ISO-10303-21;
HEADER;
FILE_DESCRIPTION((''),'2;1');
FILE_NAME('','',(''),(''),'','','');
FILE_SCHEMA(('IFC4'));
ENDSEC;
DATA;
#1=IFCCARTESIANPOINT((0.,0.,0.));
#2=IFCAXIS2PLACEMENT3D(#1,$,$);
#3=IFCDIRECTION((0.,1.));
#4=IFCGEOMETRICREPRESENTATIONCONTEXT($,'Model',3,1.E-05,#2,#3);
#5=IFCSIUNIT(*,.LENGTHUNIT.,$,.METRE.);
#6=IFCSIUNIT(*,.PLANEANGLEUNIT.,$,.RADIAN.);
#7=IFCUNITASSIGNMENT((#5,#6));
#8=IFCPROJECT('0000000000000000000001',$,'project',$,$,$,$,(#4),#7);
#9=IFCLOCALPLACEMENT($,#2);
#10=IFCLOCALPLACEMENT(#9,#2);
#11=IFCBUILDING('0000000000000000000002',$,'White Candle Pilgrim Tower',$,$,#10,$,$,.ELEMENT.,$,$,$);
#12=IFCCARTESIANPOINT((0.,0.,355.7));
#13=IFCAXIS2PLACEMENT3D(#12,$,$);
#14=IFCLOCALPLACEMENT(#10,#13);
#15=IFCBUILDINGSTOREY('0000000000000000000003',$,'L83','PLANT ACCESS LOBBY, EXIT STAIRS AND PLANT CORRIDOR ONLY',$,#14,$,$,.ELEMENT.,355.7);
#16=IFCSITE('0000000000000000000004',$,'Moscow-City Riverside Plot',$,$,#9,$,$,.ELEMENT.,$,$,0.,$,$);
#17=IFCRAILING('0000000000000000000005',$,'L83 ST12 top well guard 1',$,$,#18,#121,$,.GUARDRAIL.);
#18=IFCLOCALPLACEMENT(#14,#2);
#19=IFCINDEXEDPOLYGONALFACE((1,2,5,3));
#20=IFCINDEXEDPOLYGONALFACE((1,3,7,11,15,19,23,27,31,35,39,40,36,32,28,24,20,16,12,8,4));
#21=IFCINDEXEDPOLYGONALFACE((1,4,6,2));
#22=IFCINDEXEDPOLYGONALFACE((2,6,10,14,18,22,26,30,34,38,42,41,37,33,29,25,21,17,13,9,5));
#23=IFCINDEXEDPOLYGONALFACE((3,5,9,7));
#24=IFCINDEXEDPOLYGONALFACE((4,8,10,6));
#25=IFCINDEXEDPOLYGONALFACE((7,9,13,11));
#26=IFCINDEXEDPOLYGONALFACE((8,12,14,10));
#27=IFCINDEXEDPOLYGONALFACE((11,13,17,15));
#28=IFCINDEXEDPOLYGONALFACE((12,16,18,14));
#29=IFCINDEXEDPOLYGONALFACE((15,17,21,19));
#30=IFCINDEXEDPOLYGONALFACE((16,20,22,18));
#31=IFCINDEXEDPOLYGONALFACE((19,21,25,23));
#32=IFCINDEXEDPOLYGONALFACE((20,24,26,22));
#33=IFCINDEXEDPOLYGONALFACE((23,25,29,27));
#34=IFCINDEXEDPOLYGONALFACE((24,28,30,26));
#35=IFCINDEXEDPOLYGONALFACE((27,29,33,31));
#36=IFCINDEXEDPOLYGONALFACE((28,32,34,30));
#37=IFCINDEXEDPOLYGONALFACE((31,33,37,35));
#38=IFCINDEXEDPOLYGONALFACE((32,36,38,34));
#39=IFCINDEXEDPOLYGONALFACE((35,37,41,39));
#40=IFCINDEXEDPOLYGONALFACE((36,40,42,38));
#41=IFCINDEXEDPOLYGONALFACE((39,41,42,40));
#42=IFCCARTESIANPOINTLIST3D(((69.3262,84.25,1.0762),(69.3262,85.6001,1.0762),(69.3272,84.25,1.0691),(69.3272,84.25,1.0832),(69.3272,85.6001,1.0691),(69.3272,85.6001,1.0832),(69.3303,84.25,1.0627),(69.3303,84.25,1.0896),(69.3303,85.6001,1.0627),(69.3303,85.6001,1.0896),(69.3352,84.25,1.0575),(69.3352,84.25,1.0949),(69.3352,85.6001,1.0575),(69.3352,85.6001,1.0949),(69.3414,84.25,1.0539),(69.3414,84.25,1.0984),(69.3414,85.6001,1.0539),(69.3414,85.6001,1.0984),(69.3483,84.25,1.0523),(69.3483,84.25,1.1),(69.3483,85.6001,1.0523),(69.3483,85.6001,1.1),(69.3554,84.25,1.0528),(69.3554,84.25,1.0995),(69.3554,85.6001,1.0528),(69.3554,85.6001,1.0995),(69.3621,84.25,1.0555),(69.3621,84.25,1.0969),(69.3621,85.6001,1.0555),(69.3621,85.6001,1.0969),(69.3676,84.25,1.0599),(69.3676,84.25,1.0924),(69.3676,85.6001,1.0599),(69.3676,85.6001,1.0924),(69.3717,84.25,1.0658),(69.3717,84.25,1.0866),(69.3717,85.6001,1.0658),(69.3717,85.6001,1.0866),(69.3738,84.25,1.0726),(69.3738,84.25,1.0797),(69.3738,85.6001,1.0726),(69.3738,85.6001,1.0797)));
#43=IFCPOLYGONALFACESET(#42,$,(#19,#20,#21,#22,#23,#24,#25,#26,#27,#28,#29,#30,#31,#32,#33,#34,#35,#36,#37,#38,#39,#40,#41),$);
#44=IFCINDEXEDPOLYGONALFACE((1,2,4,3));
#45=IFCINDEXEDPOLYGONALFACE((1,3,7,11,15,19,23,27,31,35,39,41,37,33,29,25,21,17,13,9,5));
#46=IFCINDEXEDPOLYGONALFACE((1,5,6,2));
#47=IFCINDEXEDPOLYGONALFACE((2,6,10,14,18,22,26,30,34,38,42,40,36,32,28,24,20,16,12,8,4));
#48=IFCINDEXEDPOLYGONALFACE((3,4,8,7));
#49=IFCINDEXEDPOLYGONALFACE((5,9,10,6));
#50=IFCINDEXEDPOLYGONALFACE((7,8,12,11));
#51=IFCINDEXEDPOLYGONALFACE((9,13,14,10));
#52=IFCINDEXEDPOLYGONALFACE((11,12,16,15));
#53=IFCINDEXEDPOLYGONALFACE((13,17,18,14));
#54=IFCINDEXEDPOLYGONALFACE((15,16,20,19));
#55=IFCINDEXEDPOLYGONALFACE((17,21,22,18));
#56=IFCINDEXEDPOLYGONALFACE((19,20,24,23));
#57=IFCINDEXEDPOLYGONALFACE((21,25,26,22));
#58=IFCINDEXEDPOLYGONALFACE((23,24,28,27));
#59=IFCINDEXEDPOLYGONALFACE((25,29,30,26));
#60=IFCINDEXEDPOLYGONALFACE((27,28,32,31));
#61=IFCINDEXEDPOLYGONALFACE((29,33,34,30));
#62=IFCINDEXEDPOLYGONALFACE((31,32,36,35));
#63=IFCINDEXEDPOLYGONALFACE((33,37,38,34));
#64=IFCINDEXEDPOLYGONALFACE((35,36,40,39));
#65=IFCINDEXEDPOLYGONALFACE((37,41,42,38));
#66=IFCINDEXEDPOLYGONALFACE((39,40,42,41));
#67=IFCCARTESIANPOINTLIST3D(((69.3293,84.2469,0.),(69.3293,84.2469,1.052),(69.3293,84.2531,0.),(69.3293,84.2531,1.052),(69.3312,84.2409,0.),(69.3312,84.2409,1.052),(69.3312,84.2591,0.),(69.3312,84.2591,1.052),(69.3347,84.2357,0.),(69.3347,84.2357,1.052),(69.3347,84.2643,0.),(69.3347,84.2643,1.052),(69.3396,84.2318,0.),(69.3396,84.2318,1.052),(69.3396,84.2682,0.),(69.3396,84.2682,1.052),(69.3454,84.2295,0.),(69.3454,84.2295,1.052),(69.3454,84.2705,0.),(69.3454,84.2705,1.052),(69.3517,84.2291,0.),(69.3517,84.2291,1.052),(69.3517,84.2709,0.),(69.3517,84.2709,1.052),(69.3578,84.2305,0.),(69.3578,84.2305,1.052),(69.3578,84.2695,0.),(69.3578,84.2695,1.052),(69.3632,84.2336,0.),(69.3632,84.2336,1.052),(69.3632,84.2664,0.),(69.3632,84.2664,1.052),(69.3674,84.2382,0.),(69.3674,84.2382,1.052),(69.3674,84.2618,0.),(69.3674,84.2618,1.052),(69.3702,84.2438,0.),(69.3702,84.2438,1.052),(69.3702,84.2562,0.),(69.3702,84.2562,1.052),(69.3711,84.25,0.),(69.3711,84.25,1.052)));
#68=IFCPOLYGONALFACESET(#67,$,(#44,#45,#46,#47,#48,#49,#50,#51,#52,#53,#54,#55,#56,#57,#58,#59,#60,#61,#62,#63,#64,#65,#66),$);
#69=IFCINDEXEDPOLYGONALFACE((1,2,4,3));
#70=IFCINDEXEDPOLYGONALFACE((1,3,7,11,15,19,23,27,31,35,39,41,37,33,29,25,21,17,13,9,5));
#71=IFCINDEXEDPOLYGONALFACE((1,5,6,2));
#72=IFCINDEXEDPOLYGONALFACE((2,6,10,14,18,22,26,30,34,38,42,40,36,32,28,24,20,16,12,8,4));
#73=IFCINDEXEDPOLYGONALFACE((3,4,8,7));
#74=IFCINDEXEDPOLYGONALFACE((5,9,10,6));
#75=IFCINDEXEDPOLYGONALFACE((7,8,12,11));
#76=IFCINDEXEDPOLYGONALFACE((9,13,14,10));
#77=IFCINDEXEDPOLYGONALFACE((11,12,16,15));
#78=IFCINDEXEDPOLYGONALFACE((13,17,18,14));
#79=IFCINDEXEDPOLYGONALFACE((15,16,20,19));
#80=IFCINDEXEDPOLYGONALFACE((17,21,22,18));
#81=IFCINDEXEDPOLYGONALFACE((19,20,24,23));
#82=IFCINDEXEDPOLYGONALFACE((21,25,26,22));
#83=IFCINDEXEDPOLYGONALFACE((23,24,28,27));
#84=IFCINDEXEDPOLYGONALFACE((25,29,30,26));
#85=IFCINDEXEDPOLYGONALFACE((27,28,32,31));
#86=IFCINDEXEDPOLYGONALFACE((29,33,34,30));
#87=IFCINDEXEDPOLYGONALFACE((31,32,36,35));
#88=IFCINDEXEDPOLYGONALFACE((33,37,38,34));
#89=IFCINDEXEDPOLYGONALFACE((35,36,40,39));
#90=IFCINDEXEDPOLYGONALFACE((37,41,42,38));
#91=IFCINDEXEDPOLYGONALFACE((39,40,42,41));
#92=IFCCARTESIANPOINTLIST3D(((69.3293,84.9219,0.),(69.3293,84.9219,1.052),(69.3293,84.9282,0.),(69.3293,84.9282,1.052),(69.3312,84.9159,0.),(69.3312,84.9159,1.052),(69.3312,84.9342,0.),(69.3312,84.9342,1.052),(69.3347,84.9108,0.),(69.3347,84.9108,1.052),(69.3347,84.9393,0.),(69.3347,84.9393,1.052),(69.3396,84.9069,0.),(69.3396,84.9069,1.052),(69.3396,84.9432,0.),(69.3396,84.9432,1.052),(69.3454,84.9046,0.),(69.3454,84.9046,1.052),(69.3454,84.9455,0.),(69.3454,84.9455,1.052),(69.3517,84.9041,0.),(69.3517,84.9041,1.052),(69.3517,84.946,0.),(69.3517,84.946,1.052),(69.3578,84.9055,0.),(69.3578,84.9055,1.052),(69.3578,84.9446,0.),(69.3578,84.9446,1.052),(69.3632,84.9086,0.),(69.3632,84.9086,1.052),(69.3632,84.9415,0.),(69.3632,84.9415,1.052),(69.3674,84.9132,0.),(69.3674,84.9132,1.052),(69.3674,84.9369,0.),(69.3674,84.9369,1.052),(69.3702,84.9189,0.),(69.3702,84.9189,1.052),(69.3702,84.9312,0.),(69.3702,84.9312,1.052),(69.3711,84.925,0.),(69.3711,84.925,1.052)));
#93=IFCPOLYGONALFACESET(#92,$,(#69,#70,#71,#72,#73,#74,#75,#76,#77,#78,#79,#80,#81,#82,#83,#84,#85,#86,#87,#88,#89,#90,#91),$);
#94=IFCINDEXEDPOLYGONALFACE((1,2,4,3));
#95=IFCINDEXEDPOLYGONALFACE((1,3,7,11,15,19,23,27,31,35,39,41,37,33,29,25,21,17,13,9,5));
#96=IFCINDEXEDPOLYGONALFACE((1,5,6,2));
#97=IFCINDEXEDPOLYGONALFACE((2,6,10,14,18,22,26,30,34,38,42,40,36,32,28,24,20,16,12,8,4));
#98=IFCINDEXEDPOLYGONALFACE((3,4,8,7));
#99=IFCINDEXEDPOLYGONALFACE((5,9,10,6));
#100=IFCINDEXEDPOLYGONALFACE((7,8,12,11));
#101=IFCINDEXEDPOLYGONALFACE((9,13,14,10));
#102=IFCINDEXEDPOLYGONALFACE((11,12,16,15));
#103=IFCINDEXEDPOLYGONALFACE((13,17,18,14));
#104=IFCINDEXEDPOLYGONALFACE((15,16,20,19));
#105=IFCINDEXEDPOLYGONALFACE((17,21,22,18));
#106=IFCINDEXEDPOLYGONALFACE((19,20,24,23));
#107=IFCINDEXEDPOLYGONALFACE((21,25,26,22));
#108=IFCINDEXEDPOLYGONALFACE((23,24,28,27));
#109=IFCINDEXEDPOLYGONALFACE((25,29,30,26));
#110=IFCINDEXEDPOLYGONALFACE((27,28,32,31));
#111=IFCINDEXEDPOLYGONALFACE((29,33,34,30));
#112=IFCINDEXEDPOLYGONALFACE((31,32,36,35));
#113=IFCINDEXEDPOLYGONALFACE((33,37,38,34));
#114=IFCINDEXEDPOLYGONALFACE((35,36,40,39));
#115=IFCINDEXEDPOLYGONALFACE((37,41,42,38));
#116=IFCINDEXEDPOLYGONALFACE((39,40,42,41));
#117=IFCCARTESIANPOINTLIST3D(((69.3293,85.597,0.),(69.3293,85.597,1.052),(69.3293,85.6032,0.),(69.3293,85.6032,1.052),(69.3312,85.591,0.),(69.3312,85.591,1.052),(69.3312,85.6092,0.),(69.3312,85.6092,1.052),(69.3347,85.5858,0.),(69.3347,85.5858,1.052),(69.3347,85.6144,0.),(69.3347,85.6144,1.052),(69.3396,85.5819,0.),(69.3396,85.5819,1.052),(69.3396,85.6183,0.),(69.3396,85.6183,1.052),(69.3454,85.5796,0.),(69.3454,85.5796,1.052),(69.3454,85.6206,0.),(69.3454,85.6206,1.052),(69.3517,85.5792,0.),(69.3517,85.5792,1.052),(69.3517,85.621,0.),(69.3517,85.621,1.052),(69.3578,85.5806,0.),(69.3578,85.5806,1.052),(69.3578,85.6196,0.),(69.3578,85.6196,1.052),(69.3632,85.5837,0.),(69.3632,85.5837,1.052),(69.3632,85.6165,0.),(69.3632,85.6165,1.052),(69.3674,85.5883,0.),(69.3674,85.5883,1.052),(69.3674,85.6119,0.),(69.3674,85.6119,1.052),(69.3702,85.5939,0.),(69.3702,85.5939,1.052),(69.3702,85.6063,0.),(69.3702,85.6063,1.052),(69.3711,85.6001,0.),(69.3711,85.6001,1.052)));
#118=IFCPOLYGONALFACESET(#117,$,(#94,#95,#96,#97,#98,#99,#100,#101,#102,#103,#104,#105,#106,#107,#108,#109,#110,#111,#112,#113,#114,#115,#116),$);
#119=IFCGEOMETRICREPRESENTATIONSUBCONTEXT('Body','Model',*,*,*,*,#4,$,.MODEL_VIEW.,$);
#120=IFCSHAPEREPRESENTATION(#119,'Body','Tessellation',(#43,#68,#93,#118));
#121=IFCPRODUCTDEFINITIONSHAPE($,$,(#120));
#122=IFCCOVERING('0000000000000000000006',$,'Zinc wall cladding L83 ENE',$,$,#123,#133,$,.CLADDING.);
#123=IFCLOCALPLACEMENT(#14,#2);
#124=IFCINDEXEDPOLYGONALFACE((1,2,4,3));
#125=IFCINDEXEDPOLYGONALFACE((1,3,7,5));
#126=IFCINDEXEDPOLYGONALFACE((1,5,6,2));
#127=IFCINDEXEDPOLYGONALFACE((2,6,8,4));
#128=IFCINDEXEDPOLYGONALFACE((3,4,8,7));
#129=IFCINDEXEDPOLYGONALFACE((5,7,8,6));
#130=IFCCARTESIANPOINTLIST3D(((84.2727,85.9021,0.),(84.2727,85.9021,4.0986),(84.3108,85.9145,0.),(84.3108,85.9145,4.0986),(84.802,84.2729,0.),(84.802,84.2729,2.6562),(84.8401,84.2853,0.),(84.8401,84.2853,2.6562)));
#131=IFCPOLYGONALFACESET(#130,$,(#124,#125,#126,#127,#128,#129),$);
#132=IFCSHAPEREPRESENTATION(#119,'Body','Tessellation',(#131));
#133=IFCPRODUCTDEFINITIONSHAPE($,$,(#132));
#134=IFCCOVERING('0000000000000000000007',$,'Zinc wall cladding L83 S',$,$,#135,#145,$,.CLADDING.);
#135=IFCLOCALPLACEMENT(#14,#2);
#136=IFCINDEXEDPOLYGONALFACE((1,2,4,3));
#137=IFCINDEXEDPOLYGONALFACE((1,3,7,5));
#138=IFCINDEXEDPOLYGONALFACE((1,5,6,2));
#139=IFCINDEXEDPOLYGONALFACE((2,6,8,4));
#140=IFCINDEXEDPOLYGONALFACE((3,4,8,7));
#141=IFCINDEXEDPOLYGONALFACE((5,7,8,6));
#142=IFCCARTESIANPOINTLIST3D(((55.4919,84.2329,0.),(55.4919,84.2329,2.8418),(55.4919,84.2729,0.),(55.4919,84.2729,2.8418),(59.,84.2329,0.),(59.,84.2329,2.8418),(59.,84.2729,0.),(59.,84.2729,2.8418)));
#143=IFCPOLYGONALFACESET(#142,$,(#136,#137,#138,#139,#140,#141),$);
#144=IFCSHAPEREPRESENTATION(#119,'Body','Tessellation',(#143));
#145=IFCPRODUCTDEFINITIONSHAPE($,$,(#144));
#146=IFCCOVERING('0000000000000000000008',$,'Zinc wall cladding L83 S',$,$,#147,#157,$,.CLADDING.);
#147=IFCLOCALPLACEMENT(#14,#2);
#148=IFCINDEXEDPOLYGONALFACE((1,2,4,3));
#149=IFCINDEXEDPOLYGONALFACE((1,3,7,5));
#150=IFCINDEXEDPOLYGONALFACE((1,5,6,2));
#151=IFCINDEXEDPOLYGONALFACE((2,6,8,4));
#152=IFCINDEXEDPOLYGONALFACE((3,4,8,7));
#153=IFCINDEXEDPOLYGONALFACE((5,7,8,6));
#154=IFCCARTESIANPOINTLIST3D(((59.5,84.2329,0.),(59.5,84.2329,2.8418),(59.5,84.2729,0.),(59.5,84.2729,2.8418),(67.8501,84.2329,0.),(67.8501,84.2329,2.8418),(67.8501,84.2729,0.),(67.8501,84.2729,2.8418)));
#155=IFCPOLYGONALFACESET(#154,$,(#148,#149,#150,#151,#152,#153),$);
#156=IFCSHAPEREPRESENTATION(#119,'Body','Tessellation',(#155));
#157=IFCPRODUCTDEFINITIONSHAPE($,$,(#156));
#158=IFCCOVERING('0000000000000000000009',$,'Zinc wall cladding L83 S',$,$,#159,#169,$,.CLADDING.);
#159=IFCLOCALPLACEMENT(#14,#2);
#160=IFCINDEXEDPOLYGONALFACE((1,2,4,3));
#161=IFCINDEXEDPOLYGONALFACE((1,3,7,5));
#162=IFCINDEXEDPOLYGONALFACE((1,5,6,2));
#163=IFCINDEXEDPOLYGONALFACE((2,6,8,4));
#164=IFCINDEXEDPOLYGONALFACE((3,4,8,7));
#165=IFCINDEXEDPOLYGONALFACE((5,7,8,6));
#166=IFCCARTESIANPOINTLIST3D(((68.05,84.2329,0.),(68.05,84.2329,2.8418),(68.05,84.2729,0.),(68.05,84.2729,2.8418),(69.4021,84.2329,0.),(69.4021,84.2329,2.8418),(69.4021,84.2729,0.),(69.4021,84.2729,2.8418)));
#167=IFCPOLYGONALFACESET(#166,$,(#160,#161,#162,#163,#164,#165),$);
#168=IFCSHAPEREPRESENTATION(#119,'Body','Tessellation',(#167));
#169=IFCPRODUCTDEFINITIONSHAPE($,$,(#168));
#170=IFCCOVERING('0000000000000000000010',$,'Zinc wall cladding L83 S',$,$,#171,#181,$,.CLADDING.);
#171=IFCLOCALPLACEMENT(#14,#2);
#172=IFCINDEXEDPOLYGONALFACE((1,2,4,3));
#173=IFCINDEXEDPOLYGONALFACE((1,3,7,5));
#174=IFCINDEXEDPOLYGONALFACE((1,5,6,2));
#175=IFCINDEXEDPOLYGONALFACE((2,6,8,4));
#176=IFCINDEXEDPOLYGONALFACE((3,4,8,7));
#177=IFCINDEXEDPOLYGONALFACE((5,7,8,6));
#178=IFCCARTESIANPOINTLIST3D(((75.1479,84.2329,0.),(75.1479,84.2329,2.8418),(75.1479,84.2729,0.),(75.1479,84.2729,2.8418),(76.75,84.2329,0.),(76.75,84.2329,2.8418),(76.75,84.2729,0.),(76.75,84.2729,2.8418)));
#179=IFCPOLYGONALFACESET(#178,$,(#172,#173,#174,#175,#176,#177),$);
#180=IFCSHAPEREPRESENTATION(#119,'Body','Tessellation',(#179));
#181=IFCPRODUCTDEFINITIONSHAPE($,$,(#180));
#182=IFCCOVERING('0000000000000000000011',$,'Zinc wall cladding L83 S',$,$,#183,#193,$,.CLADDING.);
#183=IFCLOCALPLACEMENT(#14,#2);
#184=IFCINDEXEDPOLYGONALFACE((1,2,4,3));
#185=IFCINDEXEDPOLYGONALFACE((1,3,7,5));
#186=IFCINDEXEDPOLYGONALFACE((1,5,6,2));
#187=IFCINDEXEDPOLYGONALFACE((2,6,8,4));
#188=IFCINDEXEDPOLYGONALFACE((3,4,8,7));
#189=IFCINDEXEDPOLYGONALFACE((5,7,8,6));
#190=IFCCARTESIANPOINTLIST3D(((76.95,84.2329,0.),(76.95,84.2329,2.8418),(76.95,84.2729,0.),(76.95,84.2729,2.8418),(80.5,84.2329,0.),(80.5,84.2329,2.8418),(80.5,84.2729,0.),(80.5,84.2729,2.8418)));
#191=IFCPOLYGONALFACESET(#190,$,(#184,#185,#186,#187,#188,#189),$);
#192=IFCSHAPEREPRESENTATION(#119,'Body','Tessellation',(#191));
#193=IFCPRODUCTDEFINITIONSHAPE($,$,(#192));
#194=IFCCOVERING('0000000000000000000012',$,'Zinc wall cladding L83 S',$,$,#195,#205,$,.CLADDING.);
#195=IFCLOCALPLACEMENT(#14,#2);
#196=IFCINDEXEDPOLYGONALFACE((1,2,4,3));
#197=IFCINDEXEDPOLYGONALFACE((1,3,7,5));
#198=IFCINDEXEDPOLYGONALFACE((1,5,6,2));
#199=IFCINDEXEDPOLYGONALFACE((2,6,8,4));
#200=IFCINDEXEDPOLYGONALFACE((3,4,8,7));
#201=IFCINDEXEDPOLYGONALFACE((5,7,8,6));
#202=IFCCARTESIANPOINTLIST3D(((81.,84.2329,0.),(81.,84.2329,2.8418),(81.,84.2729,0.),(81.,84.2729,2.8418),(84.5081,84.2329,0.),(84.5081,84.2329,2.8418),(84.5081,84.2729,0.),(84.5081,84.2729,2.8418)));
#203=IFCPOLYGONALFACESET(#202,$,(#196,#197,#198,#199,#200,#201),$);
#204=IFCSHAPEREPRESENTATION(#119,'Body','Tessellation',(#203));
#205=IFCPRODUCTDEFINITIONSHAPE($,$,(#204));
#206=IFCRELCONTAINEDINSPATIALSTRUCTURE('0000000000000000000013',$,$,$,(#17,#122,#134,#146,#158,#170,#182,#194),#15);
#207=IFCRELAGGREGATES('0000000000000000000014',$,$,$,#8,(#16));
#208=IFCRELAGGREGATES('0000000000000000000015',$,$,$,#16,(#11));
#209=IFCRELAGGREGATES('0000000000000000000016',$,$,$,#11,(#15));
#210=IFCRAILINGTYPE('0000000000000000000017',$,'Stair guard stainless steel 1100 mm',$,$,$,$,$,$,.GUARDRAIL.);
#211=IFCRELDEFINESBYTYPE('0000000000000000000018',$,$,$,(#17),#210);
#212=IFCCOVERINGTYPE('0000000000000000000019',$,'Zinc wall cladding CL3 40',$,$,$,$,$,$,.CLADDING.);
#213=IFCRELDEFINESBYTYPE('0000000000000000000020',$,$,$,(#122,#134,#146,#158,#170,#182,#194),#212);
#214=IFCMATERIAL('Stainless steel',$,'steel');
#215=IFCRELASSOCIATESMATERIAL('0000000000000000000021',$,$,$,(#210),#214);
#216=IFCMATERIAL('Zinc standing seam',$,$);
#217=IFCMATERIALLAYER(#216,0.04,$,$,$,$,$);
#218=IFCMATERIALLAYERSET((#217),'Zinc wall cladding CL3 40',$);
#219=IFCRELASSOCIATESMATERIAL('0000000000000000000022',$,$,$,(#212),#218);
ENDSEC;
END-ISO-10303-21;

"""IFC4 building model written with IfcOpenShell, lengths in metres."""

from ifc_helpers import new_model, si_unit, direction, frame, origin, origin_2d, place, context, subcontext, project, spatial, polyline, circle, outline, extrude, material, layer, layer_set, type_object, element, save


model = new_model("IFC4")

# Units and contexts
model_context = context("Model", 3, precision=1e-05, world=origin(), true_north=direction((0.0, 1.0)))
body_context = subcontext(model_context, "Body", "Model", "MODEL_VIEW")
ifc_project = project(units=[si_unit("LENGTHUNIT", "METRE"), si_unit("PLANEANGLEUNIT", "RADIAN")], contexts=[model_context])

# Site, building, storey
site_placement = place(None, origin())
site = spatial("IfcSite", under=ifc_project, at=site_placement, Name="Moscow-City Riverside Plot", CompositionType="ELEMENT", RefElevation=0.0)
building_placement = place(site_placement, origin())
building = spatial("IfcBuilding", under=site, at=building_placement, Name="White Candle Pilgrim Tower", CompositionType="ELEMENT")
storey_placement = place(building_placement, frame((0.0, 0.0, 355.7)))
storey = spatial("IfcBuildingStorey", under=building, at=storey_placement, Name="L83", Description="PLANT ACCESS LOBBY, EXIT STAIRS AND PLANT CORRIDOR ONLY", CompositionType="ELEMENT", Elevation=355.7)

# Shared definitions
ifc_material_1 = material(Name="Zinc standing seam")

# Railing
ifc_material_2 = material(Name="Stainless steel", Category="steel")
railing_type = type_object("IfcRailingType", Name="Stair guard stainless steel 1100 mm", PredefinedType="GUARDRAIL", material=ifc_material_2)
railing_placement = place(storey_placement, frame((69.3501, 84.25, 0.0)))
element("IfcRailing", 1, at=railing_placement, inside=storey, type_object=railing_type, Name="L83 ST12 top well guard 1", PredefinedType="GUARDRAIL", context=body_context, shape_type="SweptSolid", body=[
    extrude(circle(Radius=0.0239, at=origin_2d()), frame((0.0, 0.0, 1.0762), z_axis=(0.0, 1.0, 0.0), x_axis=(-1.0, 0.0, 0.0)), (0.0, 0.0, 1.0), 1.3501),
    extrude(circle(Radius=0.021, at=origin_2d()), origin(), (0.0, 0.0, 1.0), 1.052),
    extrude(circle(Radius=0.021, at=origin_2d()), frame((0.0, 0.675, 0.0)), (0.0, 0.0, 1.0), 1.052),
    extrude(circle(Radius=0.021, at=origin_2d()), frame((0.0, 1.3501, 0.0)), (0.0, 0.0, 1.0), 1.052),
])

# Coverings
ifc_layer_1 = layer(ifc_material_1, 0.04)
ifc_layer_set_1 = layer_set([ifc_layer_1], Name="Zinc wall cladding CL3 40")
covering_type_1 = type_object("IfcCoveringType", Name="Zinc wall cladding CL3 40", PredefinedType="CLADDING", material=ifc_layer_set_1)
covering_1_placement = place(storey_placement, frame((84.802, 84.2729, 2.6562), z_axis=(-0.951064, -0.308993, 0.0), x_axis=(-0.23636, 0.727506, 0.644104)))
element("IfcCovering", 2, at=covering_1_placement, inside=storey, type_object=covering_type_1, Name="Zinc wall cladding L83 ENE", PredefinedType="CLADDING", context=body_context, shape_type="SweptSolid", body=[
    extrude(outline(polyline([(0.0, 0.0), (2.2394, 0.0), (-0.4006, 3.1352), (-1.7109, 2.0319), (0.0, 0.0)])), origin(), (0.0, 0.0, -1.0), 0.04),
])
covering_2_placement = place(storey_placement, frame((55.4919, 84.2729, 2.8418), z_axis=(0.0, 1.0, 0.0), x_axis=(1.0, 0.0, 0.0)))
element("IfcCovering", 3, at=covering_2_placement, inside=storey, type_object=covering_type_1, Name="Zinc wall cladding L83 S", PredefinedType="CLADDING", context=body_context, shape_type="SweptSolid", body=[
    extrude(outline(polyline([(0.0, 0.0), (3.5081, 0.0), (3.5081, 2.8418), (0.0, 2.8418), (0.0, 0.0)])), origin(), (0.0, 0.0, -1.0), 0.04),
])
covering_3_placement = place(storey_placement, frame((59.5, 84.2729, 2.8418), z_axis=(0.0, 1.0, 0.0), x_axis=(1.0, 0.0, 0.0)))
element("IfcCovering", 4, at=covering_3_placement, inside=storey, type_object=covering_type_1, Name="Zinc wall cladding L83 S", PredefinedType="CLADDING", context=body_context, shape_type="SweptSolid", body=[
    extrude(outline(polyline([(0.0, 0.0), (8.3501, 0.0), (8.3501, 2.8418), (0.0, 2.8418), (0.0, 0.0)])), origin(), (0.0, 0.0, -1.0), 0.04),
])
covering_4_placement = place(storey_placement, frame((68.05, 84.2729, 2.8418), z_axis=(0.0, 1.0, 0.0), x_axis=(1.0, 0.0, 0.0)))
element("IfcCovering", 5, at=covering_4_placement, inside=storey, type_object=covering_type_1, Name="Zinc wall cladding L83 S", PredefinedType="CLADDING", context=body_context, shape_type="SweptSolid", body=[
    extrude(outline(polyline([(0.0, 0.0), (1.3521, 0.0), (1.3521, 2.8418), (0.0, 2.8418), (0.0, 0.0)])), origin(), (0.0, 0.0, -1.0), 0.04),
])
covering_5_placement = place(storey_placement, frame((75.1479, 84.2729, 2.8418), z_axis=(0.0, 1.0, 0.0), x_axis=(1.0, 0.0, 0.0)))
element("IfcCovering", 6, at=covering_5_placement, inside=storey, type_object=covering_type_1, Name="Zinc wall cladding L83 S", PredefinedType="CLADDING", context=body_context, shape_type="SweptSolid", body=[
    extrude(outline(polyline([(0.0, 0.0), (1.6021, 0.0), (1.6021, 2.8418), (0.0, 2.8418), (0.0, 0.0)])), origin(), (0.0, 0.0, -1.0), 0.04),
])
covering_6_placement = place(storey_placement, frame((76.95, 84.2729, 2.8418), z_axis=(0.0, 1.0, 0.0), x_axis=(1.0, 0.0, 0.0)))
element("IfcCovering", 7, at=covering_6_placement, inside=storey, type_object=covering_type_1, Name="Zinc wall cladding L83 S", PredefinedType="CLADDING", context=body_context, shape_type="SweptSolid", body=[
    extrude(outline(polyline([(0.0, 0.0), (3.55, 0.0), (3.55, 2.8418), (0.0, 2.8418), (0.0, 0.0)])), origin(), (0.0, 0.0, -1.0), 0.04),
])
covering_7_placement = place(storey_placement, frame((81.0, 84.2729, 2.8418), z_axis=(0.0, 1.0, 0.0), x_axis=(1.0, 0.0, 0.0)))
element("IfcCovering", 8, at=covering_7_placement, inside=storey, type_object=covering_type_1, Name="Zinc wall cladding L83 S", PredefinedType="CLADDING", context=body_context, shape_type="SweptSolid", body=[
    extrude(outline(polyline([(0.0, 0.0), (3.5081, 0.0), (3.5081, 2.8418), (0.0, 2.8418), (0.0, 0.0)])), origin(), (0.0, 0.0, -1.0), 0.04),
])

save(model, "model.ifc")
